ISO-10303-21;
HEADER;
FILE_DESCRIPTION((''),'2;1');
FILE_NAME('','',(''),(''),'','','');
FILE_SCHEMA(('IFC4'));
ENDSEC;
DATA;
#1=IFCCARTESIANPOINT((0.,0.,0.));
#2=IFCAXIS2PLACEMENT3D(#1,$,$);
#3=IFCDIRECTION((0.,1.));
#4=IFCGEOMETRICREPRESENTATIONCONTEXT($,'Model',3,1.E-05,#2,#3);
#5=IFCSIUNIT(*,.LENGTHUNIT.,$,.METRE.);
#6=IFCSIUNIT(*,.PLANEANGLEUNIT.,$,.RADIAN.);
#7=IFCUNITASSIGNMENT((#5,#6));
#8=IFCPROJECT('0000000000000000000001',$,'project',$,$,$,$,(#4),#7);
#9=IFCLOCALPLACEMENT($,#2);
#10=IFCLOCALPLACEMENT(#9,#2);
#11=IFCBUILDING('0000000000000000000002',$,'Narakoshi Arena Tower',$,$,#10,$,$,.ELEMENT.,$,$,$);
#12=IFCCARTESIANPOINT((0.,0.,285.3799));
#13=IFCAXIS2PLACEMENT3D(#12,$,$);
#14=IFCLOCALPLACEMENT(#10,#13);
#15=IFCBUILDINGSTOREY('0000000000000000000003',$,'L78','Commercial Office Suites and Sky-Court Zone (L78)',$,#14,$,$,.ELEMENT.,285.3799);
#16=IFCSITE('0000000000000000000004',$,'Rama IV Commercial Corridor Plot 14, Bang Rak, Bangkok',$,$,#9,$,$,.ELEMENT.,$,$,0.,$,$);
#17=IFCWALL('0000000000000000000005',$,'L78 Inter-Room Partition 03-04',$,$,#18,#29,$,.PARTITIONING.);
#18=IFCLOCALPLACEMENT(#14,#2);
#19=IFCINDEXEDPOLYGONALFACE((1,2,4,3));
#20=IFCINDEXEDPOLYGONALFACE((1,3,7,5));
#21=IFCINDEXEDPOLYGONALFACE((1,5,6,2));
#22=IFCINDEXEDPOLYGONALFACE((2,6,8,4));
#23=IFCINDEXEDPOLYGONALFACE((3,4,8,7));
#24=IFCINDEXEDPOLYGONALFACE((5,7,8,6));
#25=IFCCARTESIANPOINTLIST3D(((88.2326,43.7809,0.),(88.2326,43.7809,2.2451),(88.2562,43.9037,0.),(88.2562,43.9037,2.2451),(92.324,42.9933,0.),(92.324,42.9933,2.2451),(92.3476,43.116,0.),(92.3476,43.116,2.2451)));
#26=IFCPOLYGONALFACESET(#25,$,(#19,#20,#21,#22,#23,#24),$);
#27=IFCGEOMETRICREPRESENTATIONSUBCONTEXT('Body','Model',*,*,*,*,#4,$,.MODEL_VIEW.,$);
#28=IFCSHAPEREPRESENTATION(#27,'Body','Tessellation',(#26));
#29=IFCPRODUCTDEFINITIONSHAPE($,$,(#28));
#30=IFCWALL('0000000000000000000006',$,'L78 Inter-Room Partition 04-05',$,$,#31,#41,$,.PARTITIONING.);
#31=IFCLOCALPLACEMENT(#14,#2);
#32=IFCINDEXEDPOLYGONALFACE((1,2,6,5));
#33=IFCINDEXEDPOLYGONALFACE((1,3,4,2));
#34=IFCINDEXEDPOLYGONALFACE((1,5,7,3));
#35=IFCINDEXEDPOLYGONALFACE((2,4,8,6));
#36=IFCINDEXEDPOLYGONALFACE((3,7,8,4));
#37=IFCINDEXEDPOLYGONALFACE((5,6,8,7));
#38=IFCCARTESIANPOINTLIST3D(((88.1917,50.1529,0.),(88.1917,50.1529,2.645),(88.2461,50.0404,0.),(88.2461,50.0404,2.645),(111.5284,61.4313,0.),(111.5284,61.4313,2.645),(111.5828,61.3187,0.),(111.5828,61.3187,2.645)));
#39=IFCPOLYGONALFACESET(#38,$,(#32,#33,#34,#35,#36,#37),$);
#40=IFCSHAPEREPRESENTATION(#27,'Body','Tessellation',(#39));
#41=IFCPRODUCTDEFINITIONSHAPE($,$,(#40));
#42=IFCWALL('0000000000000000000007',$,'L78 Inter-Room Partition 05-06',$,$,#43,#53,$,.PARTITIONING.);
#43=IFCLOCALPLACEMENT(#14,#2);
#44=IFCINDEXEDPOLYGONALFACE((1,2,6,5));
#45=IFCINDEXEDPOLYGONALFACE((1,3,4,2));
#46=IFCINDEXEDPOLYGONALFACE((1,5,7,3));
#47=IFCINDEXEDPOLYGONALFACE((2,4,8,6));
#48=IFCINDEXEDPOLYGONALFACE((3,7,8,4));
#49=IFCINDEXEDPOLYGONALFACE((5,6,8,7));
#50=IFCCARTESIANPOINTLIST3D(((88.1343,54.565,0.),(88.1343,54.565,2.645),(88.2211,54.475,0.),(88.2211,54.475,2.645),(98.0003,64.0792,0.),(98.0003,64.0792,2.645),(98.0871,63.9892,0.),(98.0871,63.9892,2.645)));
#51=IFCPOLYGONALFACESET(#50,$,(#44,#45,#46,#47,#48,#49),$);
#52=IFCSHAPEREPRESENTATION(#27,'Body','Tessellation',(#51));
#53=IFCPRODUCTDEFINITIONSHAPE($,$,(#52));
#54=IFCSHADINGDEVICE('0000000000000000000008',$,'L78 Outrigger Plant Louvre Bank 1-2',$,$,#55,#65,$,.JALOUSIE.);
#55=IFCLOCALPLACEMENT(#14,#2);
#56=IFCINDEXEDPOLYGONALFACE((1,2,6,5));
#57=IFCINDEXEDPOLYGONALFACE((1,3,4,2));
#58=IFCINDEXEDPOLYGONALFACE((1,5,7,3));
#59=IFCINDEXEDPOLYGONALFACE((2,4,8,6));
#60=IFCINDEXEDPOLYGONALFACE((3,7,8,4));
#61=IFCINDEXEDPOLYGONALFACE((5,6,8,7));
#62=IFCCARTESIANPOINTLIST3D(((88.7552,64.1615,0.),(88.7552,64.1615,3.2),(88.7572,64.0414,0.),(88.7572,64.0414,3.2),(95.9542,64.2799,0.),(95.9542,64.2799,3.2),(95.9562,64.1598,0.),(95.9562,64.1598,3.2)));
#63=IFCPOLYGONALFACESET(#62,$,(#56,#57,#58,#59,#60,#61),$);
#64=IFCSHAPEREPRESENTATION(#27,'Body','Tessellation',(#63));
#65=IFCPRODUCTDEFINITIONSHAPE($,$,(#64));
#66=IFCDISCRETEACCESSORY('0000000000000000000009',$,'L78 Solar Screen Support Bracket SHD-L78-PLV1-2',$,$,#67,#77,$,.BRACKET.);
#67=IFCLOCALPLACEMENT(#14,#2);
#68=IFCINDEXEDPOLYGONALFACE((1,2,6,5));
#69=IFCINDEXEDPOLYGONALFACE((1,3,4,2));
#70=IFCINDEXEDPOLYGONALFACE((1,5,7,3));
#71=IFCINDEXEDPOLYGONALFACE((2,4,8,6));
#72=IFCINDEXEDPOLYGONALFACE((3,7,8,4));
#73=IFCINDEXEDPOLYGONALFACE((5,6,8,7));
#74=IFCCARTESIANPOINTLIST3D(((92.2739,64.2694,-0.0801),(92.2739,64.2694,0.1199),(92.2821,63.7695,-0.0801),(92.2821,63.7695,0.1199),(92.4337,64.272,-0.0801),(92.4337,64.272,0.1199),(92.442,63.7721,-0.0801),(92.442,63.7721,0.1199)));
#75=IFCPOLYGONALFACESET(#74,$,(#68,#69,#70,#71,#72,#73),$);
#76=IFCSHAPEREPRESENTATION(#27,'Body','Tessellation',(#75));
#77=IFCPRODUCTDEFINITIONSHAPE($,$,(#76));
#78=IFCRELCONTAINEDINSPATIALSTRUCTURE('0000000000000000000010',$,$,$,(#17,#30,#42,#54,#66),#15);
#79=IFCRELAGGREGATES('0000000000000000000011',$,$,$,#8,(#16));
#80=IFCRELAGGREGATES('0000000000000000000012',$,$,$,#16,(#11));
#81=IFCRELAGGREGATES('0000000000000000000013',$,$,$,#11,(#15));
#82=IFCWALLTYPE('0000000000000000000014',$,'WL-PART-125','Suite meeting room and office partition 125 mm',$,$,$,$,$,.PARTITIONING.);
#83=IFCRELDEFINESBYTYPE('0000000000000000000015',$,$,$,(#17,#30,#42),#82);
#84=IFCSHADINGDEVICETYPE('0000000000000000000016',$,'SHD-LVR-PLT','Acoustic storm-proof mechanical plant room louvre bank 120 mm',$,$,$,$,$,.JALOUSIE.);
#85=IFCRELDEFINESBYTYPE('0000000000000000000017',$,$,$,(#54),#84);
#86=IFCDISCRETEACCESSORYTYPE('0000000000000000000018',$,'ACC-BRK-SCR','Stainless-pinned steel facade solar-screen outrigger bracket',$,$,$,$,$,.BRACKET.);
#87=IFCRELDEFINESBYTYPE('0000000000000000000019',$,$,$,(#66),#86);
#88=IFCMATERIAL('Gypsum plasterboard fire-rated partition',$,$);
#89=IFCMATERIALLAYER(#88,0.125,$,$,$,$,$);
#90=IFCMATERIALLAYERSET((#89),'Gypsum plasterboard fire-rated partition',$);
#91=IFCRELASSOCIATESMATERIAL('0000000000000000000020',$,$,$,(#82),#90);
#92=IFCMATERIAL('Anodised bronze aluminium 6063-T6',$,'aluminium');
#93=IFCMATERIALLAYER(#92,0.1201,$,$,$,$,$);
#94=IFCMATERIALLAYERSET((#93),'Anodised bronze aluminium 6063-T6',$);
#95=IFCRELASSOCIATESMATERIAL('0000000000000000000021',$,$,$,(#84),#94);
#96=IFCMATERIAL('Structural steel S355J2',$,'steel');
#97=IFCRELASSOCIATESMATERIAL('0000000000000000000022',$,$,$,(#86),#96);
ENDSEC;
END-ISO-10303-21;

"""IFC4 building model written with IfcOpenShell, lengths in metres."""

from ifc_helpers import new_model, si_unit, direction, frame, frame_2d, origin, origin_2d, place, context, subcontext, project, spatial, rectangle, extrude, material, layer, layer_set, type_object, element, save


model = new_model("IFC4")

# Units and contexts
model_context = context("Model", 3, precision=1e-05, world=origin(), true_north=direction((0.0, 1.0)))
body_context = subcontext(model_context, "Body", "Model", "MODEL_VIEW")
ifc_project = project(units=[si_unit("LENGTHUNIT", "METRE"), si_unit("PLANEANGLEUNIT", "RADIAN")], contexts=[model_context])

# Site, building, storey
site_placement = place(None, origin())
site = spatial("IfcSite", under=ifc_project, at=site_placement, Name="Rama IV Commercial Corridor Plot 14, Bang Rak, Bangkok", CompositionType="ELEMENT", RefElevation=0.0)
building_placement = place(site_placement, origin())
building = spatial("IfcBuilding", under=site, at=building_placement, Name="Narakoshi Arena Tower", CompositionType="ELEMENT")
storey_placement = place(building_placement, frame((0.0, 0.0, 285.3799)))
storey = spatial("IfcBuildingStorey", under=building, at=storey_placement, Name="L78", Description="Commercial Office Suites and Sky-Court Zone (L78)", CompositionType="ELEMENT", Elevation=285.3799)

# Shared definitions
ifc_material_1 = material(Name="Structural steel S355J2", Category="steel")

# Shared definitions
ifc_material_2 = material(Name="Anodised bronze aluminium 6063-T6", Category="aluminium")

# Walls
ifc_material_3 = material(Name="Gypsum plasterboard fire-rated partition")
ifc_layer_1 = layer(ifc_material_3, 0.125)
ifc_layer_set_1 = layer_set([ifc_layer_1], Name="Gypsum plasterboard fire-rated partition")
wall_type_1 = type_object("IfcWallType", Name="WL-PART-125", Description="Suite meeting room and office partition 125 mm", PredefinedType="PARTITIONING", material=ifc_layer_set_1)
wall_1_placement = place(storey_placement, frame((88.2444, 43.8423, 0.0), z_axis=(0.0, 0.0, 1.0), x_axis=(0.98197, -0.189034, 0.0)))
element("IfcWall", 1, at=wall_1_placement, inside=storey, type_object=wall_type_1, Name="L78 Inter-Room Partition 03-04", PredefinedType="PARTITIONING", context=body_context, shape_type="SweptSolid", body=[
    extrude(rectangle(XDim=4.1665, YDim=0.125, at=frame_2d((2.0833, 0.0))), origin(), (0.0, 0.0, 1.0), 2.2451),
])
wall_2_placement = place(storey_placement, frame((88.219, 50.0967, 0.0), z_axis=(0.0, 0.0, 1.0), x_axis=(0.900365, 0.435135, 0.0)))
element("IfcWall", 2, at=wall_2_placement, inside=storey, type_object=wall_type_1, Name="L78 Inter-Room Partition 04-05", PredefinedType="PARTITIONING", context=body_context, shape_type="SweptSolid", body=[
    extrude(rectangle(XDim=25.9192, YDim=0.125, at=frame_2d((12.9595, 0.0))), origin(), (0.0, 0.0, 1.0), 2.645),
])
wall_3_placement = place(storey_placement, frame((88.1777, 54.52, 0.0), z_axis=(0.0, 0.0, 1.0), x_axis=(0.719824, 0.694156, 0.0)))
element("IfcWall", 3, at=wall_3_placement, inside=storey, type_object=wall_type_1, Name="L78 Inter-Room Partition 05-06", PredefinedType="PARTITIONING", context=body_context, shape_type="SweptSolid", body=[
    extrude(rectangle(XDim=13.7061, YDim=0.125, at=frame_2d((6.853, 0.0))), origin(), (0.0, 0.0, 1.0), 2.645),
])

# Shading device
ifc_layer_2 = layer(ifc_material_2, 0.1201)
ifc_layer_set_2 = layer_set([ifc_layer_2], Name="Anodised bronze aluminium 6063-T6")
shading_device_type = type_object("IfcShadingDeviceType", Name="SHD-LVR-PLT", Description="Acoustic storm-proof mechanical plant room louvre bank 120 mm", PredefinedType="JALOUSIE", material=ifc_layer_set_2)
shading_device_placement = place(storey_placement, frame((92.3557, 64.1606, 0.0), z_axis=(0.0, 0.0, 1.0), x_axis=(-0.999865, -0.01644, 0.0)))
element("IfcShadingDevice", 4, at=shading_device_placement, inside=storey, type_object=shading_device_type, Name="L78 Outrigger Plant Louvre Bank 1-2", PredefinedType="JALOUSIE", context=body_context, shape_type="SweptSolid", body=[
    extrude(rectangle(XDim=7.2, YDim=0.1201, at=origin_2d()), origin(), (0.0, 0.0, 1.0), 3.2),
])

# Discrete accessory
discrete_accessory_type = type_object("IfcDiscreteAccessoryType", Name="ACC-BRK-SCR", Description="Stainless-pinned steel facade solar-screen outrigger bracket", PredefinedType="BRACKET", material=ifc_material_1)
discrete_accessory_placement = place(storey_placement, frame((92.3579, 64.0208, -0.0801), z_axis=(0.0, 0.0, 1.0), x_axis=(-0.999865, -0.01644, 0.0)))
element("IfcDiscreteAccessory", 5, at=discrete_accessory_placement, inside=storey, type_object=discrete_accessory_type, Name="L78 Solar Screen Support Bracket SHD-L78-PLV1-2", PredefinedType="BRACKET", context=body_context, shape_type="SweptSolid", body=[
    extrude(rectangle(XDim=0.1599, YDim=0.5, at=origin_2d()), origin(), (0.0, 0.0, 1.0), 0.2),
])

save(model, "model.ifc")
